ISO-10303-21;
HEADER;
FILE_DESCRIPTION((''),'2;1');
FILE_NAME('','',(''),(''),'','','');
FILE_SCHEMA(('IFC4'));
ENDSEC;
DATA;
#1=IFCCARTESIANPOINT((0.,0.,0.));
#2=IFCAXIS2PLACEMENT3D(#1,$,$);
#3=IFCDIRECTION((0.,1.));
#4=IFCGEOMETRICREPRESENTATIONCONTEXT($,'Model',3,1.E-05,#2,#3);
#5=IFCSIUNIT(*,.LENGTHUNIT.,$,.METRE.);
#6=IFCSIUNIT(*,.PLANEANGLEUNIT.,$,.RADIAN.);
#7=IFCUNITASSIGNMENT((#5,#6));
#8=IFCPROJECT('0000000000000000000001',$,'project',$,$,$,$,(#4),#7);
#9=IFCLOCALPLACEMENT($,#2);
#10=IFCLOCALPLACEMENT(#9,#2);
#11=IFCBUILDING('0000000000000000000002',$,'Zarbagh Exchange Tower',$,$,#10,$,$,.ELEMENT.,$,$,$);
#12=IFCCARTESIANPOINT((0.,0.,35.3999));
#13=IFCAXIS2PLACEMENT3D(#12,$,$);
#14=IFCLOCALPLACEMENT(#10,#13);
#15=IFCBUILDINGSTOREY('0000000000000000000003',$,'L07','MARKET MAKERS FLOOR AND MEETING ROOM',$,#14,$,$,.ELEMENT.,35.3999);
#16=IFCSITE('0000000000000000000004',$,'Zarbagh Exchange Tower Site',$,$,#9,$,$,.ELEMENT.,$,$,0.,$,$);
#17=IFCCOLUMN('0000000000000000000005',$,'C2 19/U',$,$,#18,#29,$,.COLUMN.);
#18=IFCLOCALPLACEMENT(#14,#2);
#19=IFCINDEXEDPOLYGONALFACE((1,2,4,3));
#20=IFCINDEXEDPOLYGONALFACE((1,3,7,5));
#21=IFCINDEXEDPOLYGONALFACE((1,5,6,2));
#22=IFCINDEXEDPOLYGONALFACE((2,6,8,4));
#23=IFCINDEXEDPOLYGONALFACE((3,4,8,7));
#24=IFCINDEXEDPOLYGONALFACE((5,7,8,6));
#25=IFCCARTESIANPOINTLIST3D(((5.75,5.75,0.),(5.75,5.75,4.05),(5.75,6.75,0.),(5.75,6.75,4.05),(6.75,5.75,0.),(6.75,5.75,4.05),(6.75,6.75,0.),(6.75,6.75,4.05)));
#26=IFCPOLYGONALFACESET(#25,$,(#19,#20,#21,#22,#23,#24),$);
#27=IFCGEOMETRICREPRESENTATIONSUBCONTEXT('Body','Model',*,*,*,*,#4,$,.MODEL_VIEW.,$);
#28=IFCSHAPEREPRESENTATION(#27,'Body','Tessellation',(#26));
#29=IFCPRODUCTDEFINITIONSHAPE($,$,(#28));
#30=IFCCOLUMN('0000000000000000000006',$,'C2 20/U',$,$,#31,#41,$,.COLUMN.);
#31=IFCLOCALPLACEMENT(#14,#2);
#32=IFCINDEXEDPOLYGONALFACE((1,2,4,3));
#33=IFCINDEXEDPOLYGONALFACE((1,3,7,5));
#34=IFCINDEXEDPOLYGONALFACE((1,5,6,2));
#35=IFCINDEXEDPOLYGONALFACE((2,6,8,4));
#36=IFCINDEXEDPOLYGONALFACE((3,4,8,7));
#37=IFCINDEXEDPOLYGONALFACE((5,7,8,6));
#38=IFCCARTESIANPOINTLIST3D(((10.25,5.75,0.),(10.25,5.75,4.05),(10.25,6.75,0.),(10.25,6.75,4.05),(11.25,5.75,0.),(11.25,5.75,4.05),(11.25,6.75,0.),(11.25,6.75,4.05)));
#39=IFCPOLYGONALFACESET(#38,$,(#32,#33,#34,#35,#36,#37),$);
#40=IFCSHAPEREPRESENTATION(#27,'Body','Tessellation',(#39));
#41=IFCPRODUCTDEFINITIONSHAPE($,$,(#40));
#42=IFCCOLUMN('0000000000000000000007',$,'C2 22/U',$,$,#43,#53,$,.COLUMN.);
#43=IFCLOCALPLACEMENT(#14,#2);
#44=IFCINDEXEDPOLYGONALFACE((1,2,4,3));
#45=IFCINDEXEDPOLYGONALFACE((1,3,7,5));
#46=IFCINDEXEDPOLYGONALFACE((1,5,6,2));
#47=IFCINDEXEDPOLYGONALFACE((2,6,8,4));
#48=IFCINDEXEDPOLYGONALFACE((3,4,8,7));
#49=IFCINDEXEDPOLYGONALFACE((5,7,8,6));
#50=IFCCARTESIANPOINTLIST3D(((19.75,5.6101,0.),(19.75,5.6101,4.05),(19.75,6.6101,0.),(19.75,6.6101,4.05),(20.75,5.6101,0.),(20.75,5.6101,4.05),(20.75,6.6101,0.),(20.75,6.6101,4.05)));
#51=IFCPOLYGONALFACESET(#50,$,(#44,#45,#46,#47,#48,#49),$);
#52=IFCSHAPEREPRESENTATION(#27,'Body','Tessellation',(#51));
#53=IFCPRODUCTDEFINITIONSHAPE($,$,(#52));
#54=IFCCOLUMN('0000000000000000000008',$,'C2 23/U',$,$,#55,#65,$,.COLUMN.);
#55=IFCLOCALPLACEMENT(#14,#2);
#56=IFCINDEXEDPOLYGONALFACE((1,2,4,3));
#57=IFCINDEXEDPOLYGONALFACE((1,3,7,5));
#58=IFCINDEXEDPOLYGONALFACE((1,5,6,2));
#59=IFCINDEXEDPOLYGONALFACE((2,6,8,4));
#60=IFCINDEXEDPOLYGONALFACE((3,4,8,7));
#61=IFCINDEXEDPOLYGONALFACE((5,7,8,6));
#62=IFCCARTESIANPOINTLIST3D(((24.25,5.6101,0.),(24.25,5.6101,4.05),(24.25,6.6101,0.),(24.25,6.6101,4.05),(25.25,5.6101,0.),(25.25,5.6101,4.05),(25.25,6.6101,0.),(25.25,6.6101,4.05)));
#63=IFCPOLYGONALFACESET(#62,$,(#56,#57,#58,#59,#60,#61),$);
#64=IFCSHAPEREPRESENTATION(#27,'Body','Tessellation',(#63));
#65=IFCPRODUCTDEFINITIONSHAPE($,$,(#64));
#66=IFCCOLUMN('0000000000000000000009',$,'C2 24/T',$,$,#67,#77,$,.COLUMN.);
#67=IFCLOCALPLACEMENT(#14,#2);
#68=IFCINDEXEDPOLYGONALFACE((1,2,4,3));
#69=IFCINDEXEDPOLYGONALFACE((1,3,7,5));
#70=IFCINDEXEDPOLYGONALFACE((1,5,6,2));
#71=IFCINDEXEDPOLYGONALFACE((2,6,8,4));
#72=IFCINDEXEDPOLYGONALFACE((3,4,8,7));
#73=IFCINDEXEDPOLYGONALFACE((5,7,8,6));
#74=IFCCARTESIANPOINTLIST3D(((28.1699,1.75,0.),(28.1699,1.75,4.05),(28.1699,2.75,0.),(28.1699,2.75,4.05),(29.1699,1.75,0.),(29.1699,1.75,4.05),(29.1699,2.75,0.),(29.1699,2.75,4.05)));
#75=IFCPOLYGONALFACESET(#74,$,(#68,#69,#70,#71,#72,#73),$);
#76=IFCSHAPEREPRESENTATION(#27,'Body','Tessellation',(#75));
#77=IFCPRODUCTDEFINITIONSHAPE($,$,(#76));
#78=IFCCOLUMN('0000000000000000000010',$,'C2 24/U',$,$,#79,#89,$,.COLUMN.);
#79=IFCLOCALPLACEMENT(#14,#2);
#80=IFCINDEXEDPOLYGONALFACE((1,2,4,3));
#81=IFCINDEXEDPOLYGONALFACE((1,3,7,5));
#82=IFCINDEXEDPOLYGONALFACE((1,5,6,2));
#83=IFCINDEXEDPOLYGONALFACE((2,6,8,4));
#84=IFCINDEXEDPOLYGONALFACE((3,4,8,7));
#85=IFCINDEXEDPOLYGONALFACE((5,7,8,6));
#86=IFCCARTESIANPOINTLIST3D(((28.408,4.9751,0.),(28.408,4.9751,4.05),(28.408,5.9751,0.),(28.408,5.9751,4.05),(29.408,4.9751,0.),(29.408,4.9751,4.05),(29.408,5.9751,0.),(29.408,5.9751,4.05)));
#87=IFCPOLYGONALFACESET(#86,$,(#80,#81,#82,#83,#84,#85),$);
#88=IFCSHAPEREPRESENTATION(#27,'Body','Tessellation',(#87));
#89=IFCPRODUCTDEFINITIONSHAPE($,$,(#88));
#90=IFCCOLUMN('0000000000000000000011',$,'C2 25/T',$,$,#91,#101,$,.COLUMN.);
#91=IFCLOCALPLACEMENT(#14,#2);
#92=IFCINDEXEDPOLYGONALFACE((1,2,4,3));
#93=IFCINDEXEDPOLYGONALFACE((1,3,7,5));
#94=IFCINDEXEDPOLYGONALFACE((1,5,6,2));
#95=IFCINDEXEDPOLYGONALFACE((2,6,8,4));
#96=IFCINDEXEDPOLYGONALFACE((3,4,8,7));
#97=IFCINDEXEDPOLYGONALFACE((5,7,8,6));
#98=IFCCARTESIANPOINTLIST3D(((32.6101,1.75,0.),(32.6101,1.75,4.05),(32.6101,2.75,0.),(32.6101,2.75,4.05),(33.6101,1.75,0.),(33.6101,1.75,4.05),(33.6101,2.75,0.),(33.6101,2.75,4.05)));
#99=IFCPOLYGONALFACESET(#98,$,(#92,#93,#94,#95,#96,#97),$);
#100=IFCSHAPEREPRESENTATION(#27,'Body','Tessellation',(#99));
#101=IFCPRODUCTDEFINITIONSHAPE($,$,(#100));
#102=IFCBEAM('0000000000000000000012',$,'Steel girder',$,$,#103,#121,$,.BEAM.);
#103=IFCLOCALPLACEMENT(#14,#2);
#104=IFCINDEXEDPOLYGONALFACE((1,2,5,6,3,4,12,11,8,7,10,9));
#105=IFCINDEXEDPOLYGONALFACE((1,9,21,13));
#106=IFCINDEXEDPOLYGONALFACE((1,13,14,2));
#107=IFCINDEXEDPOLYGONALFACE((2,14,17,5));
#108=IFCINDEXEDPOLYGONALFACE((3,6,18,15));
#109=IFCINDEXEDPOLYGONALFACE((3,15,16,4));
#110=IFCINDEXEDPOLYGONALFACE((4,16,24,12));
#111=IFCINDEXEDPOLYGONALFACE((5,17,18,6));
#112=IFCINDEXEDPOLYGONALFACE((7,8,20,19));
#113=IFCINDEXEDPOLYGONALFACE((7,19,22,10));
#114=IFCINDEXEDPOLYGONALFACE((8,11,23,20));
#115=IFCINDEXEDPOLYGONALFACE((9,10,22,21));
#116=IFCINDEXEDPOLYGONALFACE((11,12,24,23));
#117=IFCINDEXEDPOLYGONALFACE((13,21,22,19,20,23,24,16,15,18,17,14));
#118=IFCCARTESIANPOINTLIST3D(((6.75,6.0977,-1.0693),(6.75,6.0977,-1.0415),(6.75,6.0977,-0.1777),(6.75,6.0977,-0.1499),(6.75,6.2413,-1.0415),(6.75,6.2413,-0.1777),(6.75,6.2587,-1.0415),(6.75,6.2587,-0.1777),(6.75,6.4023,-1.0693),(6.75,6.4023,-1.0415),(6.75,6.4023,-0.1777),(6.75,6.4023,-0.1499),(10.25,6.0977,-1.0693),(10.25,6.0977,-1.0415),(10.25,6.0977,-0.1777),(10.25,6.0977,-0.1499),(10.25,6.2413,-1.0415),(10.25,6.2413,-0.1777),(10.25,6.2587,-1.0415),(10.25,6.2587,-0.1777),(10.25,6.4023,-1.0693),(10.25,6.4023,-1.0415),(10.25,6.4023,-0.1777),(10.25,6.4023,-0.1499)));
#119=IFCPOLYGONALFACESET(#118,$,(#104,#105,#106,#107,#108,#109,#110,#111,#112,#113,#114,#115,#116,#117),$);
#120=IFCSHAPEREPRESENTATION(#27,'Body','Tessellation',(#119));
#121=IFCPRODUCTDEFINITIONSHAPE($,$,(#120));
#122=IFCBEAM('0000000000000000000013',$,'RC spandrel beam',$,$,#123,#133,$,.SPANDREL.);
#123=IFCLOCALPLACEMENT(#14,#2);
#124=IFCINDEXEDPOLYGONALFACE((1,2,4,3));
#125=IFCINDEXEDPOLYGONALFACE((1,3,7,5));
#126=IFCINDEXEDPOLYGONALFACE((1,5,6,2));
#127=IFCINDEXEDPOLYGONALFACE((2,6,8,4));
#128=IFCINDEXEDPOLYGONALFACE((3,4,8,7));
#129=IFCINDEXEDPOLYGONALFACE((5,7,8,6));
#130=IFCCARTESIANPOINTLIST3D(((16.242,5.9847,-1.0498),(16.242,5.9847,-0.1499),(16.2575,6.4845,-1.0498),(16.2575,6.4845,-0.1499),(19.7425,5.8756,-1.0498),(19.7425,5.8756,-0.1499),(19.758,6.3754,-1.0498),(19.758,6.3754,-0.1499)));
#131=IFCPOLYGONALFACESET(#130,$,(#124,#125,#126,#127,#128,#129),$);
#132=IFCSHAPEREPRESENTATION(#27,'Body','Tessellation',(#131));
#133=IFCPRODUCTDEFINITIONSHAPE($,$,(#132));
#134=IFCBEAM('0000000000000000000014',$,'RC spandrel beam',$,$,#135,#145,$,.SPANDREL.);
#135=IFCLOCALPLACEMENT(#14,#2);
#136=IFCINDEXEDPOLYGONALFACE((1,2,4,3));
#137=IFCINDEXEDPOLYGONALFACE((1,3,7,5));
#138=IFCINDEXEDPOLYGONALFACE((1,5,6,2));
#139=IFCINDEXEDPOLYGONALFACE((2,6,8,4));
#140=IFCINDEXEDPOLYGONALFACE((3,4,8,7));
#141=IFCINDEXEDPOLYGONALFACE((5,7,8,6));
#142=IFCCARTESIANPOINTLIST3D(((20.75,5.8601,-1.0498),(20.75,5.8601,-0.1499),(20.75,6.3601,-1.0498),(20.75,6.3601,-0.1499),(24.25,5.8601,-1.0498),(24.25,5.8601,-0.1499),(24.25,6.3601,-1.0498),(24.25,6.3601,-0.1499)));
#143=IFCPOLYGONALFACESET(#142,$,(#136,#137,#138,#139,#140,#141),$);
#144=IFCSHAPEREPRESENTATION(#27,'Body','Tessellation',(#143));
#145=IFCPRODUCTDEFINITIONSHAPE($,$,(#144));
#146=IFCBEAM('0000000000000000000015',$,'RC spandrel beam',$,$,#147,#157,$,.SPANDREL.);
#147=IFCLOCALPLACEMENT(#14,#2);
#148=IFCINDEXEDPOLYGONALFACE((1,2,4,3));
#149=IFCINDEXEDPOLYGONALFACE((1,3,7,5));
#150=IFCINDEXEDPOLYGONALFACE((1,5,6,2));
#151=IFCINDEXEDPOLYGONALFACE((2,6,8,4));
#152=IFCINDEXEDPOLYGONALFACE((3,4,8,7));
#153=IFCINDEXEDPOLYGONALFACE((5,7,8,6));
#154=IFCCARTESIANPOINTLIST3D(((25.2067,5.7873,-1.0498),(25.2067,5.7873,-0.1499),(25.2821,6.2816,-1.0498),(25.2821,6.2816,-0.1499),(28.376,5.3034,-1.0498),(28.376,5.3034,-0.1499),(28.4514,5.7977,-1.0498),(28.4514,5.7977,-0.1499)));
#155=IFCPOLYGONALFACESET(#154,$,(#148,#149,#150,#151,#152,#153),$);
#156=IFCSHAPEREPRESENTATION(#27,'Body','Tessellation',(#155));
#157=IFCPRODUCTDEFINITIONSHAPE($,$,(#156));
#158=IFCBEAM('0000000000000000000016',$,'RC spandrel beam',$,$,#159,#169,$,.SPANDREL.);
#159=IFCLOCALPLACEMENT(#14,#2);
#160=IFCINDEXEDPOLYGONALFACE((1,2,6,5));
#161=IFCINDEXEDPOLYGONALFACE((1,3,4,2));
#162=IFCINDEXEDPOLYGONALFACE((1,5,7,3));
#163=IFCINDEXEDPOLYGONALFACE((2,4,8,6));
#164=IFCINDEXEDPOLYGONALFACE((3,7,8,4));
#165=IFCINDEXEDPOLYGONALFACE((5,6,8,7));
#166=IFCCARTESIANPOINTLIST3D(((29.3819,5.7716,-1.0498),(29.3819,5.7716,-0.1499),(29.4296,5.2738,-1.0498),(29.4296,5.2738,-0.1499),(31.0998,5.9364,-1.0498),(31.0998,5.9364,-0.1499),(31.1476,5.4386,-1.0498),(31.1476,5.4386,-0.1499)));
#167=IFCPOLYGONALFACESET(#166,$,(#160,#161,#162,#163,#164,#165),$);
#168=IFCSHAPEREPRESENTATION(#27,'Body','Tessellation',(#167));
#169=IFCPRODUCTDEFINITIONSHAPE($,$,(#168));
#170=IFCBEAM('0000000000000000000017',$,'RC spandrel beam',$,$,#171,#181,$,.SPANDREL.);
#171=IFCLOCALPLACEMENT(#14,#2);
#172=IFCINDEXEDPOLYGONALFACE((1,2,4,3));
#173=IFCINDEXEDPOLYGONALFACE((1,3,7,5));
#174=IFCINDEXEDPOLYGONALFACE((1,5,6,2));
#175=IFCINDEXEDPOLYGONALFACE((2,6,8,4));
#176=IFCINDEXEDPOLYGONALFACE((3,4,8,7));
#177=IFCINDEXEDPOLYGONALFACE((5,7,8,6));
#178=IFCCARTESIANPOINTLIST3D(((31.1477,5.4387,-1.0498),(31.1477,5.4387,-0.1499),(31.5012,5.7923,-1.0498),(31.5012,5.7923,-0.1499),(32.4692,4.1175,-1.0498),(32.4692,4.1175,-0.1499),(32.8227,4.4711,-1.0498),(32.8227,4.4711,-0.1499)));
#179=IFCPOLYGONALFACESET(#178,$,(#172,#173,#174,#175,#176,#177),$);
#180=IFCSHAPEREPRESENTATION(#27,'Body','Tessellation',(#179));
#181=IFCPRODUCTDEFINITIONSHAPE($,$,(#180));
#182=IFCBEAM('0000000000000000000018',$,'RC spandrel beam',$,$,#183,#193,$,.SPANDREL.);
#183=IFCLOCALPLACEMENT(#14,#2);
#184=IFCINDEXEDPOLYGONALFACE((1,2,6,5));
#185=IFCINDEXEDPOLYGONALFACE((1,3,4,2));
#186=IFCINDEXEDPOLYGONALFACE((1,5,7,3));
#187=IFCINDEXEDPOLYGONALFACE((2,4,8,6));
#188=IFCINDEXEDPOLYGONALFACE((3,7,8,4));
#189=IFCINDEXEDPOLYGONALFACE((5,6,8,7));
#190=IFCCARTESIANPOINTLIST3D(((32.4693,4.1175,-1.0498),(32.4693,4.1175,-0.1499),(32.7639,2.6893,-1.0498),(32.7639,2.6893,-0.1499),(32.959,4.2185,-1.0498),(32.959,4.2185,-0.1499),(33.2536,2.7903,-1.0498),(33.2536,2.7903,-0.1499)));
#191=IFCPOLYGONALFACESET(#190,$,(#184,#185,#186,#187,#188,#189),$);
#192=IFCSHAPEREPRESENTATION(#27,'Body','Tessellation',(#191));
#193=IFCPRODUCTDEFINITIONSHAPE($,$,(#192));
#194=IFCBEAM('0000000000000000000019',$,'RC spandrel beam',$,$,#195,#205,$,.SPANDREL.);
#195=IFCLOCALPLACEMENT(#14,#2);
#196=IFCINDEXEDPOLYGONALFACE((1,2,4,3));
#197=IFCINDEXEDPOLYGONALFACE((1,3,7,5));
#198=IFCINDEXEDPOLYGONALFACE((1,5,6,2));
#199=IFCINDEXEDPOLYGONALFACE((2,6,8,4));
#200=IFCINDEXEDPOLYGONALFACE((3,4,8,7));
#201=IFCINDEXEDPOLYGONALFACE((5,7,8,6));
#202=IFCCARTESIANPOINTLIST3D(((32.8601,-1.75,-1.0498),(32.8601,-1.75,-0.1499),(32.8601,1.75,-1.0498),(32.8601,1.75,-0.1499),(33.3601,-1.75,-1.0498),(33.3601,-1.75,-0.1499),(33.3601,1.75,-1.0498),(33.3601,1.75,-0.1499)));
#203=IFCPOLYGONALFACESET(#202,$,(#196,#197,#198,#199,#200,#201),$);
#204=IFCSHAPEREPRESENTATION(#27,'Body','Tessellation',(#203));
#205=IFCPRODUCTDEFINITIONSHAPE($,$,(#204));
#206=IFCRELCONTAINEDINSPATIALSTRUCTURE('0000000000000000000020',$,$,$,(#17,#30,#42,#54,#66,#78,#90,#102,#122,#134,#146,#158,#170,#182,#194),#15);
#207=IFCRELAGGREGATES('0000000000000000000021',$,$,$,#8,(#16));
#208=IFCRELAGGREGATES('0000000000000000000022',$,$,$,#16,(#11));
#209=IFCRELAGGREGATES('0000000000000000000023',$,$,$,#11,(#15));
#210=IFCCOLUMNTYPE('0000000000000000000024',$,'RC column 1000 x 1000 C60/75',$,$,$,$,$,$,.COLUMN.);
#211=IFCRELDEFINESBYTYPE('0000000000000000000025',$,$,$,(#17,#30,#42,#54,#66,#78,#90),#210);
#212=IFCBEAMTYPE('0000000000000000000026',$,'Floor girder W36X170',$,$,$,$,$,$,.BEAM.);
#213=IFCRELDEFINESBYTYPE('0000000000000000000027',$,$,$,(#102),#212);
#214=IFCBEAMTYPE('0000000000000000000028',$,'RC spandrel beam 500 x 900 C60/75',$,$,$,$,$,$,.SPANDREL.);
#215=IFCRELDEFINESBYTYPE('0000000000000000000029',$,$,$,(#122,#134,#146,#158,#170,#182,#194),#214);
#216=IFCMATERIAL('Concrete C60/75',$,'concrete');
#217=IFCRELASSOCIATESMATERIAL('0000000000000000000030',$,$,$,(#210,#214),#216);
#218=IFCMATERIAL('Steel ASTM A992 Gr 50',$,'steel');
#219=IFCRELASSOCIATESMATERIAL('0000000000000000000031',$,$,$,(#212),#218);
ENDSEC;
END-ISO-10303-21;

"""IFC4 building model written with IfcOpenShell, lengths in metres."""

from ifc_helpers import new_model, si_unit, direction, frame, origin, origin_2d, place, context, subcontext, project, spatial, rectangle, i_section, extrude, material, material_profile, profile_set, type_object, element, save


model = new_model("IFC4")

# Units and contexts
model_context = context("Model", 3, precision=1e-05, world=origin(), true_north=direction((0.0, 1.0)))
body_context = subcontext(model_context, "Body", "Model", "MODEL_VIEW")
ifc_project = project(units=[si_unit("LENGTHUNIT", "METRE"), si_unit("PLANEANGLEUNIT", "RADIAN")], contexts=[model_context])

# Site, building, storey
site_placement = place(None, origin())
site = spatial("IfcSite", under=ifc_project, at=site_placement, Name="Zarbagh Exchange Tower Site", CompositionType="ELEMENT", RefElevation=0.0)
building_placement = place(site_placement, origin())
building = spatial("IfcBuilding", under=site, at=building_placement, Name="Zarbagh Exchange Tower", CompositionType="ELEMENT")
storey_placement = place(building_placement, frame((0.0, 0.0, 35.3999)))
storey = spatial("IfcBuildingStorey", under=building, at=storey_placement, Name="L07", Description="MARKET MAKERS FLOOR AND MEETING ROOM", CompositionType="ELEMENT", Elevation=35.3999)

# Columns
ifc_material_1 = material(Name="Concrete C60/75", Category="concrete")
ifc_material_profile_1 = material_profile(ifc_material_1, rectangle(XDim=1.0, YDim=1.0, at=origin_2d()), Name="RC column 1000 x 1000 C60/75")
ifc_profile_set_1 = profile_set([ifc_material_profile_1], Name="Concrete C60/75")
column_type = type_object("IfcColumnType", Name="RC column 1000 x 1000 C60/75", PredefinedType="COLUMN", material=ifc_profile_set_1)
for number, where, z_axis, x_axis, name in (
    (1, (6.25, 6.25, 0.0), (0.0, 0.0, 1.0), (1.0, 0.0, 0.0), "C2 19/U"),
    (2, (10.75, 6.25, 0.0), (0.0, 0.0, 1.0), (1.0, 0.0, 0.0), "C2 20/U"),
    (3, (20.25, 6.1101, 0.0), (0.0, 0.0, 1.0), (1.0, 0.0, 0.0), "C2 22/U"),
    (4, (24.75, 6.1101, 0.0), (0.0, 0.0, 1.0), (1.0, 0.0, 0.0), "C2 23/U"),
    (5, (28.6699, 2.25, 0.0), (0.0, 0.0, 1.0), (1.0, 0.0, 0.0), "C2 24/T"),
    (6, (28.908, 5.4751, 0.0), (0.0, 0.0, 1.0), (1.0, 0.0, 0.0), "C2 24/U"),
    (7, (33.1101, 2.25, 0.0), (0.0, 0.0, 1.0), (1.0, 0.0, 0.0), "C2 25/T"),
):
    element("IfcColumn", number, at=place(storey_placement, frame(where, z_axis=z_axis, x_axis=x_axis)), inside=storey, type_object=column_type, Name=name, PredefinedType="COLUMN", context=body_context, shape_type="SweptSolid", body=[
        extrude(rectangle(XDim=1.0, YDim=1.0, at=origin_2d()), origin(), (0.0, 0.0, 1.0), 4.05),
    ])

# Beams
ifc_material_2 = material(Name="Steel ASTM A992 Gr 50", Category="steel")
ifc_material_profile_2 = material_profile(ifc_material_2, i_section(OverallWidth=0.3047, OverallDepth=0.9194, WebThickness=0.0173, FlangeThickness=0.0278, at=origin_2d()), Name="W36X170")
ifc_profile_set_2 = profile_set([ifc_material_profile_2], Name="Steel ASTM A992 Gr 50")
beam_type_1 = type_object("IfcBeamType", Name="Floor girder W36X170", PredefinedType="BEAM", material=ifc_profile_set_2)
beam_1_placement = place(storey_placement, frame((6.75, 6.25, -0.6096), z_axis=(1.0, 0.0, 0.0), x_axis=(0.0, 1.0, 0.0)))
element("IfcBeam", 8, at=beam_1_placement, inside=storey, type_object=beam_type_1, Name="Steel girder", PredefinedType="BEAM", context=body_context, shape_type="SweptSolid", body=[
    extrude(i_section(OverallWidth=0.3047, OverallDepth=0.9194, WebThickness=0.0173, FlangeThickness=0.0278, at=origin_2d()), origin(), (0.0, 0.0, 1.0), 3.5),
])
ifc_material_profile_3 = material_profile(ifc_material_1, rectangle(XDim=0.5, YDim=0.8999, at=origin_2d()), Name="RC spandrel beam 500 x 900 C60/75")
ifc_profile_set_3 = profile_set([ifc_material_profile_3], Name="Concrete C60/75")
beam_type_2 = type_object("IfcBeamType", Name="RC spandrel beam 500 x 900 C60/75", PredefinedType="SPANDREL", material=ifc_profile_set_3)
beam_2_placement = place(storey_placement, frame((16.2498, 6.2346, -0.5999), z_axis=(0.999514, -0.031161, 0.0), x_axis=(0.031161, 0.999514, 0.0)))
element("IfcBeam", 9, at=beam_2_placement, inside=storey, type_object=beam_type_2, Name="RC spandrel beam", PredefinedType="SPANDREL", context=body_context, shape_type="SweptSolid", body=[
    extrude(rectangle(XDim=0.5, YDim=0.8999, at=origin_2d()), origin(), (0.0, 0.0, 1.0), 3.5022),
])
beam_3_placement = place(storey_placement, frame((20.75, 6.1101, -0.5999), z_axis=(1.0, 0.0, 0.0), x_axis=(0.0, 1.0, 0.0)))
element("IfcBeam", 10, at=beam_3_placement, inside=storey, type_object=beam_type_2, Name="RC spandrel beam", PredefinedType="SPANDREL", context=body_context, shape_type="SweptSolid", body=[
    extrude(rectangle(XDim=0.5, YDim=0.8999, at=origin_2d()), origin(), (0.0, 0.0, 1.0), 3.5),
])
beam_4_placement = place(storey_placement, frame((25.2444, 6.0344, -0.5999), z_axis=(0.988545, -0.150924, 0.0), x_axis=(0.150924, 0.988545, 0.0)))
element("IfcBeam", 11, at=beam_4_placement, inside=storey, type_object=beam_type_2, Name="RC spandrel beam", PredefinedType="SPANDREL", context=body_context, shape_type="SweptSolid", body=[
    extrude(rectangle(XDim=0.5, YDim=0.8999, at=origin_2d()), origin(), (0.0, 0.0, 1.0), 3.2061),
])
beam_5_placement = place(storey_placement, frame((29.4058, 5.5227, -0.5999), z_axis=(0.995431, 0.095483, 0.0), x_axis=(-0.095483, 0.995431, 0.0)))
element("IfcBeam", 12, at=beam_5_placement, inside=storey, type_object=beam_type_2, Name="RC spandrel beam", PredefinedType="SPANDREL", context=body_context, shape_type="SweptSolid", body=[
    extrude(rectangle(XDim=0.5, YDim=0.8999, at=origin_2d()), origin(), (0.0, 0.0, 1.0), 1.7258),
])
beam_6_placement = place(storey_placement, frame((31.3245, 5.6155, -0.5999), z_axis=(0.707172, -0.707041, 0.0), x_axis=(0.707041, 0.707172, 0.0)))
element("IfcBeam", 13, at=beam_6_placement, inside=storey, type_object=beam_type_2, Name="RC spandrel beam", PredefinedType="SPANDREL", context=body_context, shape_type="SweptSolid", body=[
    extrude(rectangle(XDim=0.5, YDim=0.8999, at=origin_2d()), origin(), (0.0, 0.0, 1.0), 1.8687),
])
beam_7_placement = place(storey_placement, frame((32.7141, 4.168, -0.5999), z_axis=(0.202069, -0.979371, 0.0), x_axis=(0.979371, 0.202069, 0.0)))
element("IfcBeam", 14, at=beam_7_placement, inside=storey, type_object=beam_type_2, Name="RC spandrel beam", PredefinedType="SPANDREL", context=body_context, shape_type="SweptSolid", body=[
    extrude(rectangle(XDim=0.5, YDim=0.8999, at=origin_2d()), origin(), (0.0, 0.0, 1.0), 1.4583),
])
beam_8_placement = place(storey_placement, frame((33.1101, 1.75, -0.5999), z_axis=(0.0, -1.0, 0.0), x_axis=(1.0, 0.0, 0.0)))
element("IfcBeam", 15, at=beam_8_placement, inside=storey, type_object=beam_type_2, Name="RC spandrel beam", PredefinedType="SPANDREL", context=body_context, shape_type="SweptSolid", body=[
    extrude(rectangle(XDim=0.5, YDim=0.8999, at=origin_2d()), origin(), (0.0, 0.0, 1.0), 3.5),
])

save(model, "model.ifc")
